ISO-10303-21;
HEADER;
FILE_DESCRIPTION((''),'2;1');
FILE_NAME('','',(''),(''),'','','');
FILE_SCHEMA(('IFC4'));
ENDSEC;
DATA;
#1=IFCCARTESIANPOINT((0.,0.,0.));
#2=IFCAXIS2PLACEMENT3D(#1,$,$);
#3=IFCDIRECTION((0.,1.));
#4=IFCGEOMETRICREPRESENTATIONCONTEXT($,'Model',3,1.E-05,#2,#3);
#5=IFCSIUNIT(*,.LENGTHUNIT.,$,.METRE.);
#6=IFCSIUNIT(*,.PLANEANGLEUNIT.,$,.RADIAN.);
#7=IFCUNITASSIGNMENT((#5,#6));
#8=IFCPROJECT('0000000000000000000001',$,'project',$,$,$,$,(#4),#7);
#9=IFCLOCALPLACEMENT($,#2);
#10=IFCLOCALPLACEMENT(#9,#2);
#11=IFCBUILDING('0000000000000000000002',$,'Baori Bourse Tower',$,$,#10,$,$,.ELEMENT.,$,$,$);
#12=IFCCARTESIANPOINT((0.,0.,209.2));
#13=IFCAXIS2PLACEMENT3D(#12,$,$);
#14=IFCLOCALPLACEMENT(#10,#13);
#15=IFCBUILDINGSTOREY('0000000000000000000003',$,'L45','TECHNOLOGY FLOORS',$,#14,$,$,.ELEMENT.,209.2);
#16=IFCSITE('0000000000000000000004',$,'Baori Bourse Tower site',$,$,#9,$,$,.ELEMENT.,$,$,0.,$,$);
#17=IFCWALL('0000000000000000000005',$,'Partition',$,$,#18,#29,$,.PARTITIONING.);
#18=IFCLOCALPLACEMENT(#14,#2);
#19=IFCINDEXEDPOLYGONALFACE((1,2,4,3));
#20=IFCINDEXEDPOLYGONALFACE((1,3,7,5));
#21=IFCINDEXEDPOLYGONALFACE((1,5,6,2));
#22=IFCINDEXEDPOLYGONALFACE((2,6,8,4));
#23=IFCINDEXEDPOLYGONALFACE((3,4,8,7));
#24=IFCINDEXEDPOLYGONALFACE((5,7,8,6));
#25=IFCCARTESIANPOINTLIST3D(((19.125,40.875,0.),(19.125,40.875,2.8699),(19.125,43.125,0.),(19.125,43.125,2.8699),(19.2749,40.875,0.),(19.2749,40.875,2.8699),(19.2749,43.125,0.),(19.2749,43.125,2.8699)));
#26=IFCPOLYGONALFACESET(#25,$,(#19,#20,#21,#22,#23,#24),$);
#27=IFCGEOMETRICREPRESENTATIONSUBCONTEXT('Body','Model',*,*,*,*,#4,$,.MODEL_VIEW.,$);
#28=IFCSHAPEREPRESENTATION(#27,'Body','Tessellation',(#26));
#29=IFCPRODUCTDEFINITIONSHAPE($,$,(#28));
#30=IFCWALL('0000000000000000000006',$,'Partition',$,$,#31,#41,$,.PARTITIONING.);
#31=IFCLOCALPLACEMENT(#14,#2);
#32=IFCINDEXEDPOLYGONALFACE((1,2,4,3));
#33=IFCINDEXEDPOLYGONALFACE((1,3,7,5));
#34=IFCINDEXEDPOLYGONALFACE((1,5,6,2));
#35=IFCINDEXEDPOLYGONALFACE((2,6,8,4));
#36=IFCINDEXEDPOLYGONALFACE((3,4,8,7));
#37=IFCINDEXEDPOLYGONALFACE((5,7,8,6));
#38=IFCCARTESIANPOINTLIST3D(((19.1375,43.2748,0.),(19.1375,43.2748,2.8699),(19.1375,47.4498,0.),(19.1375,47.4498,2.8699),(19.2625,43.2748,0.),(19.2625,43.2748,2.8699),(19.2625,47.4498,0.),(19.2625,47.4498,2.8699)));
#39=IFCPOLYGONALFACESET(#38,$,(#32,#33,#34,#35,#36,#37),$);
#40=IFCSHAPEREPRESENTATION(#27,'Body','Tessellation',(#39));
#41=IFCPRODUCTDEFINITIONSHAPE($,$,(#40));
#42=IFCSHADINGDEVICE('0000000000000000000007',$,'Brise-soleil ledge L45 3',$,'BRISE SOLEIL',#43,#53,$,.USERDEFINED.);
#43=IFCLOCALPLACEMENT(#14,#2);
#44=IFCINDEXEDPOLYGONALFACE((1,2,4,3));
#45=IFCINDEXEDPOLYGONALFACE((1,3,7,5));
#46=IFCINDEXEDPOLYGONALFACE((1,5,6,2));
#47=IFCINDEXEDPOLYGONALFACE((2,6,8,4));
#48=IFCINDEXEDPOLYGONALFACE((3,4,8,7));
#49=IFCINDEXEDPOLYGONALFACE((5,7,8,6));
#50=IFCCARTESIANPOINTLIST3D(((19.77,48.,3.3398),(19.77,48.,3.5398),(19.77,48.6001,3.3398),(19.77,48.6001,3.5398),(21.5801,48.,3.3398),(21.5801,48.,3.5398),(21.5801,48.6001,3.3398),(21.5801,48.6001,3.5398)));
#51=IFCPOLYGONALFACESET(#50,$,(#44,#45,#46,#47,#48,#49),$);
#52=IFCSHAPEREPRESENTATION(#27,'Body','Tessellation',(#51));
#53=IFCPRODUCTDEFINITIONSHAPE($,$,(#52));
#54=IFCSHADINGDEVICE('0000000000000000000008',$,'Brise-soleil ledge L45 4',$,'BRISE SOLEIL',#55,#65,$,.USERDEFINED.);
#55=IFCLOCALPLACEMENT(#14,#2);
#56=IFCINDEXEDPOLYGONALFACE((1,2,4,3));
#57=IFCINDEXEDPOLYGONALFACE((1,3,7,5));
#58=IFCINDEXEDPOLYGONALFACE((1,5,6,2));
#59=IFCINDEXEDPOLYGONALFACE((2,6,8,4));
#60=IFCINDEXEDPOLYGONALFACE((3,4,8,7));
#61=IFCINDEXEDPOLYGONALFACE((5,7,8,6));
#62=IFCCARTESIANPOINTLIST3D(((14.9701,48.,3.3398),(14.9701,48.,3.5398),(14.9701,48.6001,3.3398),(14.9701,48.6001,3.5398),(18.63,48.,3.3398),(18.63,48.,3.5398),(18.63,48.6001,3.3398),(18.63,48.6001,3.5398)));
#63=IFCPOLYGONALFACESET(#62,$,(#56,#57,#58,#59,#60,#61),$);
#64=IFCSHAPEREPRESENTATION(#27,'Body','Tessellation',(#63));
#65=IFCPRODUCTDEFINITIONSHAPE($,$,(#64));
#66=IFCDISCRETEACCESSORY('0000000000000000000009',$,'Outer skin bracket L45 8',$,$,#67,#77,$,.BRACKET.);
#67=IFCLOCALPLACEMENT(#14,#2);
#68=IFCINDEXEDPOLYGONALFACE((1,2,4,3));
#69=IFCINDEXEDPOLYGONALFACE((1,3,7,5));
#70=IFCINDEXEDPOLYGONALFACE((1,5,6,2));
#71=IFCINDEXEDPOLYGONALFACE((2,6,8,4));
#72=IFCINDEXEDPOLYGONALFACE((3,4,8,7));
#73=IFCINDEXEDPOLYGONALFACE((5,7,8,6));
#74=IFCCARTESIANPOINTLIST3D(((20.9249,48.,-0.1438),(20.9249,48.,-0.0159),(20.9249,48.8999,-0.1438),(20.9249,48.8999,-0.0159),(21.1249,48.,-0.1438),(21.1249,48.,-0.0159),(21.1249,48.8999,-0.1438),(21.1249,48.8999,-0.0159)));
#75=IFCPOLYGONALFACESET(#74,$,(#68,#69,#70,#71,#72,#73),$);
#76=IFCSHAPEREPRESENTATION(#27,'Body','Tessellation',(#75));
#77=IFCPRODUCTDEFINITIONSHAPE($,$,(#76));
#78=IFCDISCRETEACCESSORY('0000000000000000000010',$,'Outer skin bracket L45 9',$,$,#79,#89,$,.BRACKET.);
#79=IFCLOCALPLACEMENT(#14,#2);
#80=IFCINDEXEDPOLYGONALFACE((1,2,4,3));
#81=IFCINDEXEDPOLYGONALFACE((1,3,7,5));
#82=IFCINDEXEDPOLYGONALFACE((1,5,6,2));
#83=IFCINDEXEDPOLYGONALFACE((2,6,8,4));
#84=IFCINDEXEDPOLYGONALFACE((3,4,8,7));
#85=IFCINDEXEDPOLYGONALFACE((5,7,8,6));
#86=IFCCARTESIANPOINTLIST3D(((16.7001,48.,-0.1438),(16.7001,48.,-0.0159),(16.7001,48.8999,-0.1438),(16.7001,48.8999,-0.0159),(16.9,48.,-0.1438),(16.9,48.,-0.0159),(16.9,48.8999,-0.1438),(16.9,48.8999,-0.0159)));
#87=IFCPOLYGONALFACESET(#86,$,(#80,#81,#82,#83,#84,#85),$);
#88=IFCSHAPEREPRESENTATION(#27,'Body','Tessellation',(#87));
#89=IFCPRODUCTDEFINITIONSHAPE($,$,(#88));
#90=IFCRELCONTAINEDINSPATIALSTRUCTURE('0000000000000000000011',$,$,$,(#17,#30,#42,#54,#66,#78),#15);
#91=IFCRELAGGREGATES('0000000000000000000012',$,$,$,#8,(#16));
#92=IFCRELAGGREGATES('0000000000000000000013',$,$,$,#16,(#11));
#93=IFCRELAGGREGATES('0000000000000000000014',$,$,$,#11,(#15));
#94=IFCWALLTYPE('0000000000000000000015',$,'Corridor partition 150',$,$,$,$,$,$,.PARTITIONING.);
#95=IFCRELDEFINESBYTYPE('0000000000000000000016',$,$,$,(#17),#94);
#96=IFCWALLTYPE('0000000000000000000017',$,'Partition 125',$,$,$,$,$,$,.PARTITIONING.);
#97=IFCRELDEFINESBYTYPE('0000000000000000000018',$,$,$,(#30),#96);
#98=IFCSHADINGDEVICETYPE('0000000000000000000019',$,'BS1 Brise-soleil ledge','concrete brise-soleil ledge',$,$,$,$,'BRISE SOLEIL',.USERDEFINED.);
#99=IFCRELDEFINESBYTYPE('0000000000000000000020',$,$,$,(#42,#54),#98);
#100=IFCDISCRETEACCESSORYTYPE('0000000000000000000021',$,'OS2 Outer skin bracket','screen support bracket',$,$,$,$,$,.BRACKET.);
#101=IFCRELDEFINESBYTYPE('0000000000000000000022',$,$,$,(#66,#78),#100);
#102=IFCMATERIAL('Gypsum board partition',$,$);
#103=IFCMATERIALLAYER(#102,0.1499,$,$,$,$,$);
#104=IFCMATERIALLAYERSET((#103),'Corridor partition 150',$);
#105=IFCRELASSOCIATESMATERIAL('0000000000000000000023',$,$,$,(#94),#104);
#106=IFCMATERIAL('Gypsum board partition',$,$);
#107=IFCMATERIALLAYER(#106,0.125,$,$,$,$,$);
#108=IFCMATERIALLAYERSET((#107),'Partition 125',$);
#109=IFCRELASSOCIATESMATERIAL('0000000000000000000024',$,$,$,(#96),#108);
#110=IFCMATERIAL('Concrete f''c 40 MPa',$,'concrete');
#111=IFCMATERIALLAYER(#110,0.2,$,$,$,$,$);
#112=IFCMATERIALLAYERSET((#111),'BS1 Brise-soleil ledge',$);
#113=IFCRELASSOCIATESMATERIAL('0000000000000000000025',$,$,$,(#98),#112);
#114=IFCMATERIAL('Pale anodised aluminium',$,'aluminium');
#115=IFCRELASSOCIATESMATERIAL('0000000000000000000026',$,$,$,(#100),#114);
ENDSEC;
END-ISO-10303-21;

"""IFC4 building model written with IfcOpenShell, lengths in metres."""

from ifc_helpers import new_model, si_unit, direction, frame, frame_2d, origin, origin_2d, place, context, subcontext, project, spatial, rectangle, extrude, material, layer, layer_set, type_object, element, save


model = new_model("IFC4")

# Units and contexts
model_context = context("Model", 3, precision=1e-05, world=origin(), true_north=direction((0.0, 1.0)))
body_context = subcontext(model_context, "Body", "Model", "MODEL_VIEW")
ifc_project = project(units=[si_unit("LENGTHUNIT", "METRE"), si_unit("PLANEANGLEUNIT", "RADIAN")], contexts=[model_context])

# Site, building, storey
site_placement = place(None, origin())
site = spatial("IfcSite", under=ifc_project, at=site_placement, Name="Baori Bourse Tower site", CompositionType="ELEMENT", RefElevation=0.0)
building_placement = place(site_placement, origin())
building = spatial("IfcBuilding", under=site, at=building_placement, Name="Baori Bourse Tower", CompositionType="ELEMENT")
storey_placement = place(building_placement, frame((0.0, 0.0, 209.2)))
storey = spatial("IfcBuildingStorey", under=building, at=storey_placement, Name="L45", Description="TECHNOLOGY FLOORS", CompositionType="ELEMENT", Elevation=209.2)

# Shared definitions
ifc_material_1 = material(Name="Gypsum board partition")
ifc_layer_1 = layer(ifc_material_1, 0.1499)
ifc_layer_set_1 = layer_set([ifc_layer_1], Name="Corridor partition 150")
wall_type_1 = type_object("IfcWallType", Name="Corridor partition 150", PredefinedType="PARTITIONING", material=ifc_layer_set_1)

# Walls
wall_1_placement = place(storey_placement, frame((19.2, 40.875, 0.0), z_axis=(0.0, 0.0, 1.0), x_axis=(0.0, 1.0, 0.0)))
element("IfcWall", 1, at=wall_1_placement, inside=storey, type_object=wall_type_1, Name="Partition", PredefinedType="PARTITIONING", context=body_context, shape_type="SweptSolid", body=[
    extrude(rectangle(XDim=2.25, YDim=0.1499, at=frame_2d((1.125, 0.0))), origin(), (0.0, 0.0, 1.0), 2.8699),
])
ifc_material_2 = material(Name="Gypsum board partition")
ifc_layer_2 = layer(ifc_material_2, 0.125)
ifc_layer_set_2 = layer_set([ifc_layer_2], Name="Partition 125")
wall_type_2 = type_object("IfcWallType", Name="Partition 125", PredefinedType="PARTITIONING", material=ifc_layer_set_2)
wall_2_placement = place(storey_placement, frame((19.2, 43.2749, 0.0), z_axis=(0.0, 0.0, 1.0), x_axis=(0.0, 1.0, 0.0)))
element("IfcWall", 2, at=wall_2_placement, inside=storey, type_object=wall_type_2, Name="Partition", PredefinedType="PARTITIONING", context=body_context, shape_type="SweptSolid", body=[
    extrude(rectangle(XDim=4.175, YDim=0.125, at=frame_2d((2.0874, 0.0))), origin(), (0.0, 0.0, 1.0), 2.8699),
])

# Shading devices
ifc_material_3 = material(Name="Concrete f'c 40 MPa", Category="concrete")
ifc_layer_3 = layer(ifc_material_3, 0.2)
ifc_layer_set_3 = layer_set([ifc_layer_3], Name="BS1 Brise-soleil ledge")
shading_device_type = type_object("IfcShadingDeviceType", Name="BS1 Brise-soleil ledge", Description="concrete brise-soleil ledge", ElementType="BRISE SOLEIL", PredefinedType="USERDEFINED", material=ifc_layer_set_3)
shading_device_1_placement = place(storey_placement, frame((20.675, 48.3, 3.3398), z_axis=(0.0, 0.0, 1.0), x_axis=(-1.0, 0.0, 0.0)))
element("IfcShadingDevice", 3, at=shading_device_1_placement, inside=storey, type_object=shading_device_type, Name="Brise-soleil ledge L45 3", ObjectType="BRISE SOLEIL", PredefinedType="USERDEFINED", context=body_context, shape_type="SweptSolid", body=[
    extrude(rectangle(XDim=1.8101, YDim=0.6001, at=origin_2d()), origin(), (0.0, 0.0, 1.0), 0.2),
])
shading_device_2_placement = place(storey_placement, frame((16.8, 48.3, 3.3398), z_axis=(0.0, 0.0, 1.0), x_axis=(-1.0, 0.0, 0.0)))
element("IfcShadingDevice", 4, at=shading_device_2_placement, inside=storey, type_object=shading_device_type, Name="Brise-soleil ledge L45 4", ObjectType="BRISE SOLEIL", PredefinedType="USERDEFINED", context=body_context, shape_type="SweptSolid", body=[
    extrude(rectangle(XDim=3.6599, YDim=0.6001, at=origin_2d()), origin(), (0.0, 0.0, 1.0), 0.2),
])

# Discrete accessories
ifc_material_4 = material(Name="Pale anodised aluminium", Category="aluminium")
discrete_accessory_type = type_object("IfcDiscreteAccessoryType", Name="OS2 Outer skin bracket", Description="screen support bracket", PredefinedType="BRACKET", material=ifc_material_4)
for number, where, z_axis, x_axis, name in (
    (5, (21.0249, 48.45, -0.1438), (0.0, 0.0, 1.0), (-1.0, 0.0, 0.0), "Outer skin bracket L45 8"),
    (6, (16.8, 48.45, -0.1438), (0.0, 0.0, 1.0), (-1.0, 0.0, 0.0), "Outer skin bracket L45 9"),
):
    element("IfcDiscreteAccessory", number, at=place(storey_placement, frame(where, z_axis=z_axis, x_axis=x_axis)), inside=storey, type_object=discrete_accessory_type, Name=name, PredefinedType="BRACKET", context=body_context, shape_type="SweptSolid", body=[
        extrude(rectangle(XDim=0.2, YDim=0.8999, at=origin_2d()), origin(), (0.0, 0.0, 1.0), 0.1279),
    ])

save(model, "model.ifc")
